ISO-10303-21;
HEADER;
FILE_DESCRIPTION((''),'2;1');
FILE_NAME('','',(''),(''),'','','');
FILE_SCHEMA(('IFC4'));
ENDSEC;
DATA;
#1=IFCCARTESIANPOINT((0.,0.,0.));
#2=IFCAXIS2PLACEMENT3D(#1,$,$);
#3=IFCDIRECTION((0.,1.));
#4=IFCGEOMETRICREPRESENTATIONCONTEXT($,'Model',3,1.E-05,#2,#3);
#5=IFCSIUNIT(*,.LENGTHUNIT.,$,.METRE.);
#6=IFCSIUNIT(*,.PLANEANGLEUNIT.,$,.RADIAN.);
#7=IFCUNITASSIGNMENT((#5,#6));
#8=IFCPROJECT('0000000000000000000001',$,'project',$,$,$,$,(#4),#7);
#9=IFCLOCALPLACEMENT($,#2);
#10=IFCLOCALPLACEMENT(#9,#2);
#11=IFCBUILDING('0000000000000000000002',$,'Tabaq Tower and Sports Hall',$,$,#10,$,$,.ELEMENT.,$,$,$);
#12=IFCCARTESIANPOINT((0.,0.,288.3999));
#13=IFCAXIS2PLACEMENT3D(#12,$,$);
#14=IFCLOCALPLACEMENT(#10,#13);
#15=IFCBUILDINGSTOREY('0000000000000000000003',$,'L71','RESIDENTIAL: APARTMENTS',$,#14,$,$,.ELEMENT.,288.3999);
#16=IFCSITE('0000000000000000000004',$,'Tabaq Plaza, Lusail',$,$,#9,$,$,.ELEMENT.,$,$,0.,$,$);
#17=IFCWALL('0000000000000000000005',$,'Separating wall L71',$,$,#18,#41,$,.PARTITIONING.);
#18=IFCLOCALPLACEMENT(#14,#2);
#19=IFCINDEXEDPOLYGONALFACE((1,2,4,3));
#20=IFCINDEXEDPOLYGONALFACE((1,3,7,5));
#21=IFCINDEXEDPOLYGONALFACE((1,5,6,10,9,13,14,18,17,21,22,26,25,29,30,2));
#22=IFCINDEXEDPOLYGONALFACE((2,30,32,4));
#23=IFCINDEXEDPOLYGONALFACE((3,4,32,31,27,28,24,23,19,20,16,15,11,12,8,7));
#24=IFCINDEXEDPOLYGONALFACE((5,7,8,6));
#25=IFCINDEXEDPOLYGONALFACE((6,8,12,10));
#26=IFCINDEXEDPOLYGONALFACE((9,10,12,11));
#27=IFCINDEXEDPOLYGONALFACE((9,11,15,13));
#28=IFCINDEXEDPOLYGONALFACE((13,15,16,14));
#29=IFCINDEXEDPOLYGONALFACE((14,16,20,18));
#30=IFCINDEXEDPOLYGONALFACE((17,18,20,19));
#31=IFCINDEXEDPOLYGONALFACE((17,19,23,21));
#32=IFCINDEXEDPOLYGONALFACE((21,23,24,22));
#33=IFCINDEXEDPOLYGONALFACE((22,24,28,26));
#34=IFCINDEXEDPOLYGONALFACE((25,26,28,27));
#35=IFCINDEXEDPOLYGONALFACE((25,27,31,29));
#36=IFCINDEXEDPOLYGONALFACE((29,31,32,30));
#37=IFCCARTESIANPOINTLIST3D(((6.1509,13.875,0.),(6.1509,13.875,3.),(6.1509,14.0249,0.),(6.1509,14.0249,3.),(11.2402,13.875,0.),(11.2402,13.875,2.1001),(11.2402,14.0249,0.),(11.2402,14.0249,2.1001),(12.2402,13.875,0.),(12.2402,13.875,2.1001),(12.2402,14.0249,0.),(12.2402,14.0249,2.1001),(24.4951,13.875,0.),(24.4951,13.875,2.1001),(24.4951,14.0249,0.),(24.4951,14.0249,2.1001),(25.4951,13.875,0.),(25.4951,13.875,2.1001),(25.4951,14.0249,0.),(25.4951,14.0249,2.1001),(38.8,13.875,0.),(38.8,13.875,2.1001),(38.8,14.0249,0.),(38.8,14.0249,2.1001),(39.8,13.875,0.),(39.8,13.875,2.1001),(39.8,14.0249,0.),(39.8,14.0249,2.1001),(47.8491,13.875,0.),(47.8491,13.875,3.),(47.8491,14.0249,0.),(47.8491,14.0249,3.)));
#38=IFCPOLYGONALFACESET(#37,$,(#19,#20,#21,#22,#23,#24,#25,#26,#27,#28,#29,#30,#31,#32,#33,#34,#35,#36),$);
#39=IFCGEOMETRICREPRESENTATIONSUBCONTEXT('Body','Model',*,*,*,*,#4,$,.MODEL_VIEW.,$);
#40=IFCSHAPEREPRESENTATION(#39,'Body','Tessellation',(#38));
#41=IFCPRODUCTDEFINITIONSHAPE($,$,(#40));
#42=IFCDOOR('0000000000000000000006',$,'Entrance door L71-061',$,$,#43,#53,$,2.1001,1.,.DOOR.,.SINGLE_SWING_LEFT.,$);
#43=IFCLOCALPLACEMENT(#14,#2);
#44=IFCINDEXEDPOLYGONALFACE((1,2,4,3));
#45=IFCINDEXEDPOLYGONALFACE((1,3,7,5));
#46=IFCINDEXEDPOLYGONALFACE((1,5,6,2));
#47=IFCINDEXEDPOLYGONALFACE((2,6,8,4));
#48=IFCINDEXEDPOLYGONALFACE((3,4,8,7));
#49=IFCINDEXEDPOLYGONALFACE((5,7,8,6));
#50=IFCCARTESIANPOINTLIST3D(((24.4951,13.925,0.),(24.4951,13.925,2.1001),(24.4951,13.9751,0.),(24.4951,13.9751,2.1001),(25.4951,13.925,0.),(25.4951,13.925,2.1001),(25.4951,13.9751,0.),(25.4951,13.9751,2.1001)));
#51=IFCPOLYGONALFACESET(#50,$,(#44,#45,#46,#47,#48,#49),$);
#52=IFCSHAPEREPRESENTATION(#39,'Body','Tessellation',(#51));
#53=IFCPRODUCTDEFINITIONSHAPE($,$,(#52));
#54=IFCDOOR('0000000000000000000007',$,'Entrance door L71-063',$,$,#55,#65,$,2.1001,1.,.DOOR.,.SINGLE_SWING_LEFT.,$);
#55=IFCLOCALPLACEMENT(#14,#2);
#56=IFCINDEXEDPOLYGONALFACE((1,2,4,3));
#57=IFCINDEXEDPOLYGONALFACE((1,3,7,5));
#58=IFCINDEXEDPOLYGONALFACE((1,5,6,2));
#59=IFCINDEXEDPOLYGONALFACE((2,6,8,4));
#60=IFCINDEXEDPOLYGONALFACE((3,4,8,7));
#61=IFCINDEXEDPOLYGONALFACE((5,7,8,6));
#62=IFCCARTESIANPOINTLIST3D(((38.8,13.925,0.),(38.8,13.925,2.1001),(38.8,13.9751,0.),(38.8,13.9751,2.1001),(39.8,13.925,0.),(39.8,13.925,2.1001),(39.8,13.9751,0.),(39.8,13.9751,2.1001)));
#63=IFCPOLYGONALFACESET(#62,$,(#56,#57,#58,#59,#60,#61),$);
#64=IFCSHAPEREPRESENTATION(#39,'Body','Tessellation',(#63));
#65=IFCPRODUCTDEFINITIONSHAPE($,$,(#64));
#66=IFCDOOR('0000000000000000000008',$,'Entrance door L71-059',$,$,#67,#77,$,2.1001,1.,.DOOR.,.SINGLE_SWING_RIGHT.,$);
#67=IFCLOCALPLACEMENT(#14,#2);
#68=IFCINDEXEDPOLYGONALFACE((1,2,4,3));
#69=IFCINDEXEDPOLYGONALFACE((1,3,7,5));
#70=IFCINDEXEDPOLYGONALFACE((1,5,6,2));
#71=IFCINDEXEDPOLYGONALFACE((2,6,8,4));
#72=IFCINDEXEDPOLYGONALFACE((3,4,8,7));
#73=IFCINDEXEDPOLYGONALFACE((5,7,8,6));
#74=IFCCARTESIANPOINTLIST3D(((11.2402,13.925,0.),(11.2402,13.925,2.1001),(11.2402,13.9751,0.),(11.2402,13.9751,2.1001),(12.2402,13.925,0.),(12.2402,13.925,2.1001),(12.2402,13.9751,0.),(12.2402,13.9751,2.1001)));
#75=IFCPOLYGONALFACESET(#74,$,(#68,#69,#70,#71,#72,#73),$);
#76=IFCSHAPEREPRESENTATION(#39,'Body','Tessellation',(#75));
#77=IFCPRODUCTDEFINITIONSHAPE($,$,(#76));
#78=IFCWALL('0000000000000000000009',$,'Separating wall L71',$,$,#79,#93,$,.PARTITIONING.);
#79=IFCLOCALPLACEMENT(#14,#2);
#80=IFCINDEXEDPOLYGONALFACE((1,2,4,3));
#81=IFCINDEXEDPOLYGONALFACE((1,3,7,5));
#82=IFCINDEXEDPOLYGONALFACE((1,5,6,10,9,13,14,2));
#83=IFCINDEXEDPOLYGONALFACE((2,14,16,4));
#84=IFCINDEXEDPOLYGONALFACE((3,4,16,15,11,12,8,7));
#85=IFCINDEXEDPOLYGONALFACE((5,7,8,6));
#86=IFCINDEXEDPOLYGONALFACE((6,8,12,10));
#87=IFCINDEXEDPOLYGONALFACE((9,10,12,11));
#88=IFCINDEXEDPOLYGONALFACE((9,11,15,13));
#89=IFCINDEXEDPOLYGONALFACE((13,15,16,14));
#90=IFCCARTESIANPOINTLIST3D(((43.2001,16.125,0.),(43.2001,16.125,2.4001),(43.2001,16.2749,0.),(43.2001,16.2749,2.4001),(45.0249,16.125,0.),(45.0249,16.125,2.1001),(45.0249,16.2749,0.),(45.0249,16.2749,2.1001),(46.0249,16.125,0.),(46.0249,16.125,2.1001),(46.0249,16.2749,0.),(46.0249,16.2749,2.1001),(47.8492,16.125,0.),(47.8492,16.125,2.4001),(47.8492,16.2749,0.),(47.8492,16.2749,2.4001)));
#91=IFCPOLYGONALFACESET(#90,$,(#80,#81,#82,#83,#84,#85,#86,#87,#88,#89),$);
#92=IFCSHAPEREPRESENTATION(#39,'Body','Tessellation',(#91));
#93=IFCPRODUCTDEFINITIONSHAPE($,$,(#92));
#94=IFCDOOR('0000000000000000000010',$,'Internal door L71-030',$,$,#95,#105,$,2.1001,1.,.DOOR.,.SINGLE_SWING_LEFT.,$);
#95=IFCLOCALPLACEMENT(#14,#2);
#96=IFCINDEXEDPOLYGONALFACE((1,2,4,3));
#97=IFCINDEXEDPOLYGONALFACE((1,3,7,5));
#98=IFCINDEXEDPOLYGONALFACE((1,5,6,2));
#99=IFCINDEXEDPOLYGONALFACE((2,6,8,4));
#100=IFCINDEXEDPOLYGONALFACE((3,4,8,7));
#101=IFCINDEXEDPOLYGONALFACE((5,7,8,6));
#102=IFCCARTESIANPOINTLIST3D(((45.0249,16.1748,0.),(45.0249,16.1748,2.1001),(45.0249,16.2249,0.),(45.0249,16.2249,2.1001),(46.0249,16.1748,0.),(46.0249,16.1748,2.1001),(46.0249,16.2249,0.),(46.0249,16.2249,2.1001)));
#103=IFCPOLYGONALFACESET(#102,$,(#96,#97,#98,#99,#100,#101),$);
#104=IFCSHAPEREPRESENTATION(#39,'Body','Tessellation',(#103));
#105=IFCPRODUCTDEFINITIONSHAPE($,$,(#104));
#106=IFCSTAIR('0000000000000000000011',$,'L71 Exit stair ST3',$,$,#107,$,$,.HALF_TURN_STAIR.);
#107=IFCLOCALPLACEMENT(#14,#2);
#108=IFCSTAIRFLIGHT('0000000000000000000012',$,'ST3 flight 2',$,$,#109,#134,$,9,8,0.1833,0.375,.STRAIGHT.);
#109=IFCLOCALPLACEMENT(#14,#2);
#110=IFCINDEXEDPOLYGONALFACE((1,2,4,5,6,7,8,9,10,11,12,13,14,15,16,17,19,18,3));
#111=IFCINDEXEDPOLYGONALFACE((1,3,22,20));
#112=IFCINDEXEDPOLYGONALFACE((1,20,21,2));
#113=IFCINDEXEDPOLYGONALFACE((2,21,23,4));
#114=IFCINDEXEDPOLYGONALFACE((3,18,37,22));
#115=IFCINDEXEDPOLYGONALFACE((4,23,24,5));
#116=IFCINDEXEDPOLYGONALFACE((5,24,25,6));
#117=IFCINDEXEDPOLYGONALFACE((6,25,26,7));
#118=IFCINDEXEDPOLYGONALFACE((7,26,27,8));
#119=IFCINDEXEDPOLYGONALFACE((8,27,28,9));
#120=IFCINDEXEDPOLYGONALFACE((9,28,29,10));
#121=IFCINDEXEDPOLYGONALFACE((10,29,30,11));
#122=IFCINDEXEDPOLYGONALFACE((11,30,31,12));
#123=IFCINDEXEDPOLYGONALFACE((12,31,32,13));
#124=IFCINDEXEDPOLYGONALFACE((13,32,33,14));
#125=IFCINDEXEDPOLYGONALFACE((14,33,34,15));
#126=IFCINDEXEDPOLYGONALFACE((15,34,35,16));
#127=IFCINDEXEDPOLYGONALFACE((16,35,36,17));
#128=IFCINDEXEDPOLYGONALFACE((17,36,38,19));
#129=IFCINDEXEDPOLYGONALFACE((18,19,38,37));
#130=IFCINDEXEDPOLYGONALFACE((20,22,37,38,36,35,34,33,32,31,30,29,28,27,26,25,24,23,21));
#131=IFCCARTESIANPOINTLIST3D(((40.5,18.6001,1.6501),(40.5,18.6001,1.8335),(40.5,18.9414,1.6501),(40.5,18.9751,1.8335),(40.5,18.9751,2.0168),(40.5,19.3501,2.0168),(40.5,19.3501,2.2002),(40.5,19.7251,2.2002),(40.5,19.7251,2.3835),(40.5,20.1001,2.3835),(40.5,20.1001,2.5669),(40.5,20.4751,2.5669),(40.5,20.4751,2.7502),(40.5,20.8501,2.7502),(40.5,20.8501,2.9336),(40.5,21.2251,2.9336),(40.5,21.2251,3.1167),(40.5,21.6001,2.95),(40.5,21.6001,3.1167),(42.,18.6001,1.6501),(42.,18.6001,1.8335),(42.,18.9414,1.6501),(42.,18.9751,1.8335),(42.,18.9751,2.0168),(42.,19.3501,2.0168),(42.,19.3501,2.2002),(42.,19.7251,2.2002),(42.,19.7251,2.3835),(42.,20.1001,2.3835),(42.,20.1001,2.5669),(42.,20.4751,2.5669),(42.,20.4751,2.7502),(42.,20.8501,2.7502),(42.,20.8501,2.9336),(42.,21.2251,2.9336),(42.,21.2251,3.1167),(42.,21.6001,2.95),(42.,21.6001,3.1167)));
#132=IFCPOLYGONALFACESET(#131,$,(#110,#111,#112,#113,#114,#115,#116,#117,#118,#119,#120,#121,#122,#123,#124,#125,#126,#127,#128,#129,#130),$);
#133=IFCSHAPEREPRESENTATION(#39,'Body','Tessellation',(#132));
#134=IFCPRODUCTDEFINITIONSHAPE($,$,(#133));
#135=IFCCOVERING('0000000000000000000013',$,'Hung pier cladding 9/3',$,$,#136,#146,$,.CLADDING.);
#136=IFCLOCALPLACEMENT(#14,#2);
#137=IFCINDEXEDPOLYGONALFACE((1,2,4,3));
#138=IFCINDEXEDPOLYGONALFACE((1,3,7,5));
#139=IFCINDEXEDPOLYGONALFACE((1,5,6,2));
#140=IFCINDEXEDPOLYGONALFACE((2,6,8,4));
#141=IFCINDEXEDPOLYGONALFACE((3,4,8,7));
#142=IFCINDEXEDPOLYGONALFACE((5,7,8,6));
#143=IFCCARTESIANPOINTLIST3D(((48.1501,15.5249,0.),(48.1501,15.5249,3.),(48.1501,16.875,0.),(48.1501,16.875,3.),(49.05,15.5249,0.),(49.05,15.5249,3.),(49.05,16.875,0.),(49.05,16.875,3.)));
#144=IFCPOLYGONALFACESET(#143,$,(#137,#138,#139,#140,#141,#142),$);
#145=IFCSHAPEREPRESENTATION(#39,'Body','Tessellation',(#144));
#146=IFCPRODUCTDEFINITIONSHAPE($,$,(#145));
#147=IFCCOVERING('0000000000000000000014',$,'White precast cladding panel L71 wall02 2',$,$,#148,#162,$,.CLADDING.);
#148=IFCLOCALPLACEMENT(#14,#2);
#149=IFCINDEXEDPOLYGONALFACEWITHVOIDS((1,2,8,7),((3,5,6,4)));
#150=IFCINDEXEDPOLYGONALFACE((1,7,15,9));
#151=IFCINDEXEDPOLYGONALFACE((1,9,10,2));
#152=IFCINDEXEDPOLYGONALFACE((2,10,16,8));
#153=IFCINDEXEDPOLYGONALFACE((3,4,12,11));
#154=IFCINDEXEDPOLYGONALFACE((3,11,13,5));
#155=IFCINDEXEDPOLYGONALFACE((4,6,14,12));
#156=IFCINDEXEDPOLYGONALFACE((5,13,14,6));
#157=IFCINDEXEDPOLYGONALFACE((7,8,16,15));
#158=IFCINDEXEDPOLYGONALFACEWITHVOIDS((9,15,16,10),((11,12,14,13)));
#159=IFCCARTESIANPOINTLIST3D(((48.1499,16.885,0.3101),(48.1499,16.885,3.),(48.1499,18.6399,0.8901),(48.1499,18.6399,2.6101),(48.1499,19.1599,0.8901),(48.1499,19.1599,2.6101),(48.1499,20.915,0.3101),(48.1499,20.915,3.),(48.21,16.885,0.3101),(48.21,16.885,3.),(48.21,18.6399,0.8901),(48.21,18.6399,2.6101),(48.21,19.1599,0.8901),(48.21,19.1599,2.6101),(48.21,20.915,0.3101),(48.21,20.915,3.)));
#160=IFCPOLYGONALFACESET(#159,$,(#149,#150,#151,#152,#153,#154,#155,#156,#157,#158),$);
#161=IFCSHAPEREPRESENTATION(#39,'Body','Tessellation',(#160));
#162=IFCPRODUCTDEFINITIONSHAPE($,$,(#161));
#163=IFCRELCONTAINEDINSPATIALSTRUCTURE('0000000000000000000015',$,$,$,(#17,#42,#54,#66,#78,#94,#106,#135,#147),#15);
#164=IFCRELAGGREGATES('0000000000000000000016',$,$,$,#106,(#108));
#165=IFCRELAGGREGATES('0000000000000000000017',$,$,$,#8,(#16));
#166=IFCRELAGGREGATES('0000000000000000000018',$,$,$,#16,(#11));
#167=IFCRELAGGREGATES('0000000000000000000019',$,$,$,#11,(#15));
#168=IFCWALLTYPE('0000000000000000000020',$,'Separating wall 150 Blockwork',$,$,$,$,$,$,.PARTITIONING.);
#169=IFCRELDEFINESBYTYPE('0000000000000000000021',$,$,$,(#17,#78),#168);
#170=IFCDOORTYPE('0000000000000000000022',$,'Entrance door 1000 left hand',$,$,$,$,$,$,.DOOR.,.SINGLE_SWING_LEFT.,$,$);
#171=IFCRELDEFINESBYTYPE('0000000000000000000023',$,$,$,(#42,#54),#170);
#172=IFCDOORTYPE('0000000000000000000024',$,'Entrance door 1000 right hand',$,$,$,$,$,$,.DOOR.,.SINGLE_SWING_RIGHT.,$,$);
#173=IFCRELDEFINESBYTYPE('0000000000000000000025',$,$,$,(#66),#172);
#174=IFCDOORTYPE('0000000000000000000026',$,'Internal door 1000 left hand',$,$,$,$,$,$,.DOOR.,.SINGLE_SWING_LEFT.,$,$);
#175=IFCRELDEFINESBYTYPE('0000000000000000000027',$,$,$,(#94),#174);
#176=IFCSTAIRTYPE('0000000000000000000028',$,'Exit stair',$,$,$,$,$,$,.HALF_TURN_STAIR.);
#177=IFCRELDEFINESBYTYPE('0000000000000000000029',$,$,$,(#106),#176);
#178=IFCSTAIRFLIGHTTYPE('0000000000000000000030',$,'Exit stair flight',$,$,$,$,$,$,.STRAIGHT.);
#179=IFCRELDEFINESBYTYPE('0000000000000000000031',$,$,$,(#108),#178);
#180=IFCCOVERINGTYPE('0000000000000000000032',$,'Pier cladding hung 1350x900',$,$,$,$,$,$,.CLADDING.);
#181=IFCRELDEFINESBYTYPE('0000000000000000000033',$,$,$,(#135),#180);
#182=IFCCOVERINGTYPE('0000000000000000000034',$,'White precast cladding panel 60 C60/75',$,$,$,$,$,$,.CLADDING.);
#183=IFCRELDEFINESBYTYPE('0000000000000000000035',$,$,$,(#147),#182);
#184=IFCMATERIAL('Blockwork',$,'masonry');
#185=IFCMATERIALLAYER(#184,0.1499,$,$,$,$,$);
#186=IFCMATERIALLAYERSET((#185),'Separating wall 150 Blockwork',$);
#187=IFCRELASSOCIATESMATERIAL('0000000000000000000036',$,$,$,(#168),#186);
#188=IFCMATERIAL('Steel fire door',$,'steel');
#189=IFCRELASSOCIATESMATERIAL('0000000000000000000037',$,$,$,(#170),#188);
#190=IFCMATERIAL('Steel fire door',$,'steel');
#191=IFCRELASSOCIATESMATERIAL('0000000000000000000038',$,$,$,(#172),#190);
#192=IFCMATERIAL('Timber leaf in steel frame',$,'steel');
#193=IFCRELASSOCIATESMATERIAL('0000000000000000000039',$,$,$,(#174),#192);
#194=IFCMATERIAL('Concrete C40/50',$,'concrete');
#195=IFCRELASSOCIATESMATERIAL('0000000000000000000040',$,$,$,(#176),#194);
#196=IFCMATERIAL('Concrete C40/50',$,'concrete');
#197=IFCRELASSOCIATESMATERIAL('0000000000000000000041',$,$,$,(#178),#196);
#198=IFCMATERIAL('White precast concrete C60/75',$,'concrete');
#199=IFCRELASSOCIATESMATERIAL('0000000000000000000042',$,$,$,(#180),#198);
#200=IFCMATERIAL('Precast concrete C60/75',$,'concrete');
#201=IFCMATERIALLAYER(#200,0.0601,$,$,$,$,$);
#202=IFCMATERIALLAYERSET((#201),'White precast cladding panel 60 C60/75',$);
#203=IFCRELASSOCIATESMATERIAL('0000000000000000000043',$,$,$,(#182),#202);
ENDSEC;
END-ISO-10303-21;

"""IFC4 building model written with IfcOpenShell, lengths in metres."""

from ifc_helpers import new_model, si_unit, direction, frame, frame_2d, origin, place, context, subcontext, project, spatial, polyline, rectangle, outline, extrude, material, layer, layer_set, type_object, element, fill, aggregate, save


model = new_model("IFC4")

# Units and contexts
model_context = context("Model", 3, precision=1e-05, world=origin(), true_north=direction((0.0, 1.0)))
body_context = subcontext(model_context, "Body", "Model", "MODEL_VIEW")
ifc_project = project(units=[si_unit("LENGTHUNIT", "METRE"), si_unit("PLANEANGLEUNIT", "RADIAN")], contexts=[model_context])

# Site, building, storey
site_placement = place(None, origin())
site = spatial("IfcSite", under=ifc_project, at=site_placement, Name="Tabaq Plaza, Lusail", CompositionType="ELEMENT", RefElevation=0.0)
building_placement = place(site_placement, origin())
building = spatial("IfcBuilding", under=site, at=building_placement, Name="Tabaq Tower and Sports Hall", CompositionType="ELEMENT")
storey_placement = place(building_placement, frame((0.0, 0.0, 288.3999)))
storey = spatial("IfcBuildingStorey", under=building, at=storey_placement, Name="L71", Description="RESIDENTIAL: APARTMENTS", CompositionType="ELEMENT", Elevation=288.3999)

# Wall, openings, doors
ifc_material_1 = material(Name="Blockwork", Category="masonry")
ifc_layer_1 = layer(ifc_material_1, 0.1499)
ifc_layer_set_1 = layer_set([ifc_layer_1], Name="Separating wall 150 Blockwork")
wall_type_1 = type_object("IfcWallType", Name="Separating wall 150 Blockwork", PredefinedType="PARTITIONING", material=ifc_layer_set_1)
wall_1_placement = place(storey_placement, frame((47.8491, 13.95, 0.0), z_axis=(0.0, 0.0, 1.0), x_axis=(-1.0, 0.0, 0.0)))
wall_1 = element("IfcWall", 1, at=wall_1_placement, inside=storey, type_object=wall_type_1, Name="Separating wall L71", PredefinedType="PARTITIONING", context=body_context, shape_type="SweptSolid", body=[
    extrude(rectangle(XDim=41.6982, YDim=0.1499, at=frame_2d((20.8491, 0.0))), origin(), (0.0, 0.0, 1.0), 3.0),
])
opening_1_placement = place(wall_1_placement, frame((35.6089, 0.0, 0.0)))
opening_1 = element("IfcOpeningElement", 2, at=opening_1_placement, cuts=wall_1, PredefinedType="OPENING", context=body_context, shape_type="SweptSolid", body=[
    extrude(rectangle(XDim=1.0, YDim=2.1001, at=frame_2d((0.5, 1.05))), frame((0.0, 0.075, 0.0), z_axis=(0.0, -1.0, 0.0), x_axis=(1.0, 0.0, 0.0)), (0.0, 0.0, 1.0), 0.1499),
])
opening_2_placement = place(wall_1_placement, frame((22.354, 0.0, 0.0)))
opening_2 = element("IfcOpeningElement", 3, at=opening_2_placement, cuts=wall_1, PredefinedType="OPENING", context=body_context, shape_type="SweptSolid", body=[
    extrude(rectangle(XDim=1.0, YDim=2.1001, at=frame_2d((0.5, 1.05))), frame((0.0, 0.075, 0.0), z_axis=(0.0, -1.0, 0.0), x_axis=(1.0, 0.0, 0.0)), (0.0, 0.0, 1.0), 0.1499),
])
opening_3_placement = place(wall_1_placement, frame((8.0491, 0.0, 0.0)))
opening_3 = element("IfcOpeningElement", 4, at=opening_3_placement, cuts=wall_1, PredefinedType="OPENING", context=body_context, shape_type="SweptSolid", body=[
    extrude(rectangle(XDim=1.0, YDim=2.1001, at=frame_2d((0.5, 1.05))), frame((0.0, 0.075, 0.0), z_axis=(0.0, -1.0, 0.0), x_axis=(1.0, 0.0, 0.0)), (0.0, 0.0, 1.0), 0.1499),
])
ifc_material_2 = material(Name="Steel fire door", Category="steel")
door_type_1 = type_object("IfcDoorType", Name="Entrance door 1000 left hand", OperationType="SINGLE_SWING_LEFT", PredefinedType="DOOR", material=ifc_material_2)
door_1_placement = place(opening_2_placement, origin())
door_1 = element("IfcDoor", 5, at=door_1_placement, inside=storey, type_object=door_type_1, Name="Entrance door L71-061", OperationType="SINGLE_SWING_LEFT", OverallHeight=2.1001, OverallWidth=1.0, PredefinedType="DOOR", context=body_context, shape_type="SweptSolid", body=[
    extrude(rectangle(XDim=1.0, YDim=2.1001, at=frame_2d((0.5, 1.05))), frame((0.0, 0.0249, 0.0), z_axis=(0.0, -1.0, 0.0), x_axis=(1.0, 0.0, 0.0)), (0.0, 0.0, 1.0), 0.05),
])
fill(opening_2, door_1)
door_2_placement = place(opening_3_placement, origin())
door_2 = element("IfcDoor", 6, at=door_2_placement, inside=storey, type_object=door_type_1, Name="Entrance door L71-063", OperationType="SINGLE_SWING_LEFT", OverallHeight=2.1001, OverallWidth=1.0, PredefinedType="DOOR", context=body_context, shape_type="SweptSolid", body=[
    extrude(rectangle(XDim=1.0, YDim=2.1001, at=frame_2d((0.5, 1.05))), frame((0.0, 0.0249, 0.0), z_axis=(0.0, -1.0, 0.0), x_axis=(1.0, 0.0, 0.0)), (0.0, 0.0, 1.0), 0.05),
])
fill(opening_3, door_2)
ifc_material_3 = material(Name="Steel fire door", Category="steel")
door_type_2 = type_object("IfcDoorType", Name="Entrance door 1000 right hand", OperationType="SINGLE_SWING_RIGHT", PredefinedType="DOOR", material=ifc_material_3)
door_3_placement = place(opening_1_placement, origin())
door_3 = element("IfcDoor", 7, at=door_3_placement, inside=storey, type_object=door_type_2, Name="Entrance door L71-059", OperationType="SINGLE_SWING_RIGHT", OverallHeight=2.1001, OverallWidth=1.0, PredefinedType="DOOR", context=body_context, shape_type="SweptSolid", body=[
    extrude(rectangle(XDim=1.0, YDim=2.1001, at=frame_2d((0.5, 1.05))), frame((0.0, 0.0249, 0.0), z_axis=(0.0, -1.0, 0.0), x_axis=(1.0, 0.0, 0.0)), (0.0, 0.0, 1.0), 0.05),
])
fill(opening_1, door_3)

# Wall, opening, door
wall_2_placement = place(storey_placement, frame((43.2, 16.2, 0.0), z_axis=(0.0, 0.0, 1.0), x_axis=(1.0, 0.0, 0.0)))
wall_2 = element("IfcWall", 8, at=wall_2_placement, inside=storey, type_object=wall_type_1, Name="Separating wall L71", PredefinedType="PARTITIONING", context=body_context, shape_type="SweptSolid", body=[
    extrude(rectangle(XDim=4.6492, YDim=0.1499, at=frame_2d((2.3247, 0.0))), origin(), (0.0, 0.0, 1.0), 2.4001),
])
opening_4_placement = place(wall_2_placement, frame((1.825, 0.0, 0.0)))
opening_4 = element("IfcOpeningElement", 9, at=opening_4_placement, cuts=wall_2, PredefinedType="OPENING", context=body_context, shape_type="SweptSolid", body=[
    extrude(rectangle(XDim=1.0, YDim=2.1001, at=frame_2d((0.5, 1.05))), frame((0.0, 0.075, 0.0), z_axis=(0.0, -1.0, 0.0), x_axis=(1.0, 0.0, 0.0)), (0.0, 0.0, 1.0), 0.1499),
])
ifc_material_4 = material(Name="Timber leaf in steel frame", Category="steel")
door_type_3 = type_object("IfcDoorType", Name="Internal door 1000 left hand", OperationType="SINGLE_SWING_LEFT", PredefinedType="DOOR", material=ifc_material_4)
door_4_placement = place(opening_4_placement, origin())
door_4 = element("IfcDoor", 10, at=door_4_placement, inside=storey, type_object=door_type_3, Name="Internal door L71-030", OperationType="SINGLE_SWING_LEFT", OverallHeight=2.1001, OverallWidth=1.0, PredefinedType="DOOR", context=body_context, shape_type="SweptSolid", body=[
    extrude(rectangle(XDim=1.0, YDim=2.1001, at=frame_2d((0.5, 1.05))), frame((0.0, 0.0249, 0.0), z_axis=(0.0, -1.0, 0.0), x_axis=(1.0, 0.0, 0.0)), (0.0, 0.0, 1.0), 0.05),
])
fill(opening_4, door_4)

# Stair, stair flight
ifc_material_5 = material(Name="Concrete C40/50", Category="concrete")
stair_type = type_object("IfcStairType", Name="Exit stair", PredefinedType="HALF_TURN_STAIR", material=ifc_material_5)
stair_placement = place(storey_placement, origin())
stair = element("IfcStair", 11, at=stair_placement, inside=storey, type_object=stair_type, Name="L71 Exit stair ST3", PredefinedType="HALF_TURN_STAIR")
ifc_material_6 = material(Name="Concrete C40/50", Category="concrete")
stair_flight_type = type_object("IfcStairFlightType", Name="Exit stair flight", PredefinedType="STRAIGHT", material=ifc_material_6)
stair_flight_placement = place(storey_placement, frame((41.25, 18.6001, 1.6501), z_axis=(0.0, 0.0, 1.0), x_axis=(0.0, 1.0, 0.0)))
stair_flight = element("IfcStairFlight", 12, at=stair_flight_placement, type_object=stair_flight_type, Name="ST3 flight 2", NumberOfRisers=9, NumberOfTreads=8, PredefinedType="STRAIGHT", RiserHeight=0.1833, TreadLength=0.375, context=body_context, shape_type="SweptSolid", body=[
    extrude(outline(polyline([(0.0, 0.0), (0.0, 0.1833), (0.375, 0.1833), (0.375, 0.3667), (0.75, 0.3667), (0.75, 0.55), (1.125, 0.55), (1.125, 0.7334), (1.5, 0.7334), (1.5, 0.9167), (1.875, 0.9167), (1.875, 1.1001), (2.25, 1.1001), (2.25, 1.2834), (2.625, 1.2834), (2.625, 1.4666), (3.0, 1.4666), (3.0, 1.6499), (3.0, 1.2998), (0.3413, 0.0), (0.0, 0.0)])), frame((0.0, 0.75, 0.0), z_axis=(0.0, -1.0, 0.0), x_axis=(1.0, 0.0, 0.0)), (0.0, 0.0, 1.0), 1.5),
])
aggregate(stair, [stair_flight])

# Coverings
ifc_material_7 = material(Name="White precast concrete C60/75", Category="concrete")
covering_type_1 = type_object("IfcCoveringType", Name="Pier cladding hung 1350x900", PredefinedType="CLADDING", material=ifc_material_7)
covering_1_placement = place(storey_placement, frame((48.6001, 15.5249, 0.0), z_axis=(0.0, 0.0, 1.0), x_axis=(0.0, 1.0, 0.0)))
element("IfcCovering", 13, at=covering_1_placement, inside=storey, type_object=covering_type_1, Name="Hung pier cladding 9/3", PredefinedType="CLADDING", context=body_context, shape_type="SweptSolid", body=[
    extrude(rectangle(XDim=1.3501, YDim=0.8999, at=frame_2d((0.675, 0.0))), origin(), (0.0, 0.0, 1.0), 3.0),
])
ifc_material_8 = material(Name="Precast concrete C60/75", Category="concrete")
ifc_layer_2 = layer(ifc_material_8, 0.0601)
ifc_layer_set_2 = layer_set([ifc_layer_2], Name="White precast cladding panel 60 C60/75")
covering_type_2 = type_object("IfcCoveringType", Name="White precast cladding panel 60 C60/75", PredefinedType="CLADDING", material=ifc_layer_set_2)
covering_2_placement = place(storey_placement, frame((48.1799, 16.885, 0.3101), z_axis=(0.0, 0.0, 1.0), x_axis=(0.0, 1.0, 0.0)))
element("IfcCovering", 14, at=covering_2_placement, inside=storey, type_object=covering_type_2, Name="White precast cladding panel L71 wall02 2", PredefinedType="CLADDING", context=body_context, shape_type="SweptSolid", body=[
    extrude(outline(polyline([(0.0, 0.0), (4.03, 0.0), (4.03, 2.6899), (0.0, 2.6899), (0.0, 0.0)]), holes=[polyline([(1.7549, 0.5801), (1.7549, 2.3), (2.2749, 2.3), (2.2749, 0.5801), (1.7549, 0.5801)])]), frame((0.0, 0.03, 0.0), z_axis=(0.0, -1.0, 0.0), x_axis=(1.0, 0.0, 0.0)), (0.0, 0.0, 1.0), 0.0601),
])

save(model, "model.ifc")
